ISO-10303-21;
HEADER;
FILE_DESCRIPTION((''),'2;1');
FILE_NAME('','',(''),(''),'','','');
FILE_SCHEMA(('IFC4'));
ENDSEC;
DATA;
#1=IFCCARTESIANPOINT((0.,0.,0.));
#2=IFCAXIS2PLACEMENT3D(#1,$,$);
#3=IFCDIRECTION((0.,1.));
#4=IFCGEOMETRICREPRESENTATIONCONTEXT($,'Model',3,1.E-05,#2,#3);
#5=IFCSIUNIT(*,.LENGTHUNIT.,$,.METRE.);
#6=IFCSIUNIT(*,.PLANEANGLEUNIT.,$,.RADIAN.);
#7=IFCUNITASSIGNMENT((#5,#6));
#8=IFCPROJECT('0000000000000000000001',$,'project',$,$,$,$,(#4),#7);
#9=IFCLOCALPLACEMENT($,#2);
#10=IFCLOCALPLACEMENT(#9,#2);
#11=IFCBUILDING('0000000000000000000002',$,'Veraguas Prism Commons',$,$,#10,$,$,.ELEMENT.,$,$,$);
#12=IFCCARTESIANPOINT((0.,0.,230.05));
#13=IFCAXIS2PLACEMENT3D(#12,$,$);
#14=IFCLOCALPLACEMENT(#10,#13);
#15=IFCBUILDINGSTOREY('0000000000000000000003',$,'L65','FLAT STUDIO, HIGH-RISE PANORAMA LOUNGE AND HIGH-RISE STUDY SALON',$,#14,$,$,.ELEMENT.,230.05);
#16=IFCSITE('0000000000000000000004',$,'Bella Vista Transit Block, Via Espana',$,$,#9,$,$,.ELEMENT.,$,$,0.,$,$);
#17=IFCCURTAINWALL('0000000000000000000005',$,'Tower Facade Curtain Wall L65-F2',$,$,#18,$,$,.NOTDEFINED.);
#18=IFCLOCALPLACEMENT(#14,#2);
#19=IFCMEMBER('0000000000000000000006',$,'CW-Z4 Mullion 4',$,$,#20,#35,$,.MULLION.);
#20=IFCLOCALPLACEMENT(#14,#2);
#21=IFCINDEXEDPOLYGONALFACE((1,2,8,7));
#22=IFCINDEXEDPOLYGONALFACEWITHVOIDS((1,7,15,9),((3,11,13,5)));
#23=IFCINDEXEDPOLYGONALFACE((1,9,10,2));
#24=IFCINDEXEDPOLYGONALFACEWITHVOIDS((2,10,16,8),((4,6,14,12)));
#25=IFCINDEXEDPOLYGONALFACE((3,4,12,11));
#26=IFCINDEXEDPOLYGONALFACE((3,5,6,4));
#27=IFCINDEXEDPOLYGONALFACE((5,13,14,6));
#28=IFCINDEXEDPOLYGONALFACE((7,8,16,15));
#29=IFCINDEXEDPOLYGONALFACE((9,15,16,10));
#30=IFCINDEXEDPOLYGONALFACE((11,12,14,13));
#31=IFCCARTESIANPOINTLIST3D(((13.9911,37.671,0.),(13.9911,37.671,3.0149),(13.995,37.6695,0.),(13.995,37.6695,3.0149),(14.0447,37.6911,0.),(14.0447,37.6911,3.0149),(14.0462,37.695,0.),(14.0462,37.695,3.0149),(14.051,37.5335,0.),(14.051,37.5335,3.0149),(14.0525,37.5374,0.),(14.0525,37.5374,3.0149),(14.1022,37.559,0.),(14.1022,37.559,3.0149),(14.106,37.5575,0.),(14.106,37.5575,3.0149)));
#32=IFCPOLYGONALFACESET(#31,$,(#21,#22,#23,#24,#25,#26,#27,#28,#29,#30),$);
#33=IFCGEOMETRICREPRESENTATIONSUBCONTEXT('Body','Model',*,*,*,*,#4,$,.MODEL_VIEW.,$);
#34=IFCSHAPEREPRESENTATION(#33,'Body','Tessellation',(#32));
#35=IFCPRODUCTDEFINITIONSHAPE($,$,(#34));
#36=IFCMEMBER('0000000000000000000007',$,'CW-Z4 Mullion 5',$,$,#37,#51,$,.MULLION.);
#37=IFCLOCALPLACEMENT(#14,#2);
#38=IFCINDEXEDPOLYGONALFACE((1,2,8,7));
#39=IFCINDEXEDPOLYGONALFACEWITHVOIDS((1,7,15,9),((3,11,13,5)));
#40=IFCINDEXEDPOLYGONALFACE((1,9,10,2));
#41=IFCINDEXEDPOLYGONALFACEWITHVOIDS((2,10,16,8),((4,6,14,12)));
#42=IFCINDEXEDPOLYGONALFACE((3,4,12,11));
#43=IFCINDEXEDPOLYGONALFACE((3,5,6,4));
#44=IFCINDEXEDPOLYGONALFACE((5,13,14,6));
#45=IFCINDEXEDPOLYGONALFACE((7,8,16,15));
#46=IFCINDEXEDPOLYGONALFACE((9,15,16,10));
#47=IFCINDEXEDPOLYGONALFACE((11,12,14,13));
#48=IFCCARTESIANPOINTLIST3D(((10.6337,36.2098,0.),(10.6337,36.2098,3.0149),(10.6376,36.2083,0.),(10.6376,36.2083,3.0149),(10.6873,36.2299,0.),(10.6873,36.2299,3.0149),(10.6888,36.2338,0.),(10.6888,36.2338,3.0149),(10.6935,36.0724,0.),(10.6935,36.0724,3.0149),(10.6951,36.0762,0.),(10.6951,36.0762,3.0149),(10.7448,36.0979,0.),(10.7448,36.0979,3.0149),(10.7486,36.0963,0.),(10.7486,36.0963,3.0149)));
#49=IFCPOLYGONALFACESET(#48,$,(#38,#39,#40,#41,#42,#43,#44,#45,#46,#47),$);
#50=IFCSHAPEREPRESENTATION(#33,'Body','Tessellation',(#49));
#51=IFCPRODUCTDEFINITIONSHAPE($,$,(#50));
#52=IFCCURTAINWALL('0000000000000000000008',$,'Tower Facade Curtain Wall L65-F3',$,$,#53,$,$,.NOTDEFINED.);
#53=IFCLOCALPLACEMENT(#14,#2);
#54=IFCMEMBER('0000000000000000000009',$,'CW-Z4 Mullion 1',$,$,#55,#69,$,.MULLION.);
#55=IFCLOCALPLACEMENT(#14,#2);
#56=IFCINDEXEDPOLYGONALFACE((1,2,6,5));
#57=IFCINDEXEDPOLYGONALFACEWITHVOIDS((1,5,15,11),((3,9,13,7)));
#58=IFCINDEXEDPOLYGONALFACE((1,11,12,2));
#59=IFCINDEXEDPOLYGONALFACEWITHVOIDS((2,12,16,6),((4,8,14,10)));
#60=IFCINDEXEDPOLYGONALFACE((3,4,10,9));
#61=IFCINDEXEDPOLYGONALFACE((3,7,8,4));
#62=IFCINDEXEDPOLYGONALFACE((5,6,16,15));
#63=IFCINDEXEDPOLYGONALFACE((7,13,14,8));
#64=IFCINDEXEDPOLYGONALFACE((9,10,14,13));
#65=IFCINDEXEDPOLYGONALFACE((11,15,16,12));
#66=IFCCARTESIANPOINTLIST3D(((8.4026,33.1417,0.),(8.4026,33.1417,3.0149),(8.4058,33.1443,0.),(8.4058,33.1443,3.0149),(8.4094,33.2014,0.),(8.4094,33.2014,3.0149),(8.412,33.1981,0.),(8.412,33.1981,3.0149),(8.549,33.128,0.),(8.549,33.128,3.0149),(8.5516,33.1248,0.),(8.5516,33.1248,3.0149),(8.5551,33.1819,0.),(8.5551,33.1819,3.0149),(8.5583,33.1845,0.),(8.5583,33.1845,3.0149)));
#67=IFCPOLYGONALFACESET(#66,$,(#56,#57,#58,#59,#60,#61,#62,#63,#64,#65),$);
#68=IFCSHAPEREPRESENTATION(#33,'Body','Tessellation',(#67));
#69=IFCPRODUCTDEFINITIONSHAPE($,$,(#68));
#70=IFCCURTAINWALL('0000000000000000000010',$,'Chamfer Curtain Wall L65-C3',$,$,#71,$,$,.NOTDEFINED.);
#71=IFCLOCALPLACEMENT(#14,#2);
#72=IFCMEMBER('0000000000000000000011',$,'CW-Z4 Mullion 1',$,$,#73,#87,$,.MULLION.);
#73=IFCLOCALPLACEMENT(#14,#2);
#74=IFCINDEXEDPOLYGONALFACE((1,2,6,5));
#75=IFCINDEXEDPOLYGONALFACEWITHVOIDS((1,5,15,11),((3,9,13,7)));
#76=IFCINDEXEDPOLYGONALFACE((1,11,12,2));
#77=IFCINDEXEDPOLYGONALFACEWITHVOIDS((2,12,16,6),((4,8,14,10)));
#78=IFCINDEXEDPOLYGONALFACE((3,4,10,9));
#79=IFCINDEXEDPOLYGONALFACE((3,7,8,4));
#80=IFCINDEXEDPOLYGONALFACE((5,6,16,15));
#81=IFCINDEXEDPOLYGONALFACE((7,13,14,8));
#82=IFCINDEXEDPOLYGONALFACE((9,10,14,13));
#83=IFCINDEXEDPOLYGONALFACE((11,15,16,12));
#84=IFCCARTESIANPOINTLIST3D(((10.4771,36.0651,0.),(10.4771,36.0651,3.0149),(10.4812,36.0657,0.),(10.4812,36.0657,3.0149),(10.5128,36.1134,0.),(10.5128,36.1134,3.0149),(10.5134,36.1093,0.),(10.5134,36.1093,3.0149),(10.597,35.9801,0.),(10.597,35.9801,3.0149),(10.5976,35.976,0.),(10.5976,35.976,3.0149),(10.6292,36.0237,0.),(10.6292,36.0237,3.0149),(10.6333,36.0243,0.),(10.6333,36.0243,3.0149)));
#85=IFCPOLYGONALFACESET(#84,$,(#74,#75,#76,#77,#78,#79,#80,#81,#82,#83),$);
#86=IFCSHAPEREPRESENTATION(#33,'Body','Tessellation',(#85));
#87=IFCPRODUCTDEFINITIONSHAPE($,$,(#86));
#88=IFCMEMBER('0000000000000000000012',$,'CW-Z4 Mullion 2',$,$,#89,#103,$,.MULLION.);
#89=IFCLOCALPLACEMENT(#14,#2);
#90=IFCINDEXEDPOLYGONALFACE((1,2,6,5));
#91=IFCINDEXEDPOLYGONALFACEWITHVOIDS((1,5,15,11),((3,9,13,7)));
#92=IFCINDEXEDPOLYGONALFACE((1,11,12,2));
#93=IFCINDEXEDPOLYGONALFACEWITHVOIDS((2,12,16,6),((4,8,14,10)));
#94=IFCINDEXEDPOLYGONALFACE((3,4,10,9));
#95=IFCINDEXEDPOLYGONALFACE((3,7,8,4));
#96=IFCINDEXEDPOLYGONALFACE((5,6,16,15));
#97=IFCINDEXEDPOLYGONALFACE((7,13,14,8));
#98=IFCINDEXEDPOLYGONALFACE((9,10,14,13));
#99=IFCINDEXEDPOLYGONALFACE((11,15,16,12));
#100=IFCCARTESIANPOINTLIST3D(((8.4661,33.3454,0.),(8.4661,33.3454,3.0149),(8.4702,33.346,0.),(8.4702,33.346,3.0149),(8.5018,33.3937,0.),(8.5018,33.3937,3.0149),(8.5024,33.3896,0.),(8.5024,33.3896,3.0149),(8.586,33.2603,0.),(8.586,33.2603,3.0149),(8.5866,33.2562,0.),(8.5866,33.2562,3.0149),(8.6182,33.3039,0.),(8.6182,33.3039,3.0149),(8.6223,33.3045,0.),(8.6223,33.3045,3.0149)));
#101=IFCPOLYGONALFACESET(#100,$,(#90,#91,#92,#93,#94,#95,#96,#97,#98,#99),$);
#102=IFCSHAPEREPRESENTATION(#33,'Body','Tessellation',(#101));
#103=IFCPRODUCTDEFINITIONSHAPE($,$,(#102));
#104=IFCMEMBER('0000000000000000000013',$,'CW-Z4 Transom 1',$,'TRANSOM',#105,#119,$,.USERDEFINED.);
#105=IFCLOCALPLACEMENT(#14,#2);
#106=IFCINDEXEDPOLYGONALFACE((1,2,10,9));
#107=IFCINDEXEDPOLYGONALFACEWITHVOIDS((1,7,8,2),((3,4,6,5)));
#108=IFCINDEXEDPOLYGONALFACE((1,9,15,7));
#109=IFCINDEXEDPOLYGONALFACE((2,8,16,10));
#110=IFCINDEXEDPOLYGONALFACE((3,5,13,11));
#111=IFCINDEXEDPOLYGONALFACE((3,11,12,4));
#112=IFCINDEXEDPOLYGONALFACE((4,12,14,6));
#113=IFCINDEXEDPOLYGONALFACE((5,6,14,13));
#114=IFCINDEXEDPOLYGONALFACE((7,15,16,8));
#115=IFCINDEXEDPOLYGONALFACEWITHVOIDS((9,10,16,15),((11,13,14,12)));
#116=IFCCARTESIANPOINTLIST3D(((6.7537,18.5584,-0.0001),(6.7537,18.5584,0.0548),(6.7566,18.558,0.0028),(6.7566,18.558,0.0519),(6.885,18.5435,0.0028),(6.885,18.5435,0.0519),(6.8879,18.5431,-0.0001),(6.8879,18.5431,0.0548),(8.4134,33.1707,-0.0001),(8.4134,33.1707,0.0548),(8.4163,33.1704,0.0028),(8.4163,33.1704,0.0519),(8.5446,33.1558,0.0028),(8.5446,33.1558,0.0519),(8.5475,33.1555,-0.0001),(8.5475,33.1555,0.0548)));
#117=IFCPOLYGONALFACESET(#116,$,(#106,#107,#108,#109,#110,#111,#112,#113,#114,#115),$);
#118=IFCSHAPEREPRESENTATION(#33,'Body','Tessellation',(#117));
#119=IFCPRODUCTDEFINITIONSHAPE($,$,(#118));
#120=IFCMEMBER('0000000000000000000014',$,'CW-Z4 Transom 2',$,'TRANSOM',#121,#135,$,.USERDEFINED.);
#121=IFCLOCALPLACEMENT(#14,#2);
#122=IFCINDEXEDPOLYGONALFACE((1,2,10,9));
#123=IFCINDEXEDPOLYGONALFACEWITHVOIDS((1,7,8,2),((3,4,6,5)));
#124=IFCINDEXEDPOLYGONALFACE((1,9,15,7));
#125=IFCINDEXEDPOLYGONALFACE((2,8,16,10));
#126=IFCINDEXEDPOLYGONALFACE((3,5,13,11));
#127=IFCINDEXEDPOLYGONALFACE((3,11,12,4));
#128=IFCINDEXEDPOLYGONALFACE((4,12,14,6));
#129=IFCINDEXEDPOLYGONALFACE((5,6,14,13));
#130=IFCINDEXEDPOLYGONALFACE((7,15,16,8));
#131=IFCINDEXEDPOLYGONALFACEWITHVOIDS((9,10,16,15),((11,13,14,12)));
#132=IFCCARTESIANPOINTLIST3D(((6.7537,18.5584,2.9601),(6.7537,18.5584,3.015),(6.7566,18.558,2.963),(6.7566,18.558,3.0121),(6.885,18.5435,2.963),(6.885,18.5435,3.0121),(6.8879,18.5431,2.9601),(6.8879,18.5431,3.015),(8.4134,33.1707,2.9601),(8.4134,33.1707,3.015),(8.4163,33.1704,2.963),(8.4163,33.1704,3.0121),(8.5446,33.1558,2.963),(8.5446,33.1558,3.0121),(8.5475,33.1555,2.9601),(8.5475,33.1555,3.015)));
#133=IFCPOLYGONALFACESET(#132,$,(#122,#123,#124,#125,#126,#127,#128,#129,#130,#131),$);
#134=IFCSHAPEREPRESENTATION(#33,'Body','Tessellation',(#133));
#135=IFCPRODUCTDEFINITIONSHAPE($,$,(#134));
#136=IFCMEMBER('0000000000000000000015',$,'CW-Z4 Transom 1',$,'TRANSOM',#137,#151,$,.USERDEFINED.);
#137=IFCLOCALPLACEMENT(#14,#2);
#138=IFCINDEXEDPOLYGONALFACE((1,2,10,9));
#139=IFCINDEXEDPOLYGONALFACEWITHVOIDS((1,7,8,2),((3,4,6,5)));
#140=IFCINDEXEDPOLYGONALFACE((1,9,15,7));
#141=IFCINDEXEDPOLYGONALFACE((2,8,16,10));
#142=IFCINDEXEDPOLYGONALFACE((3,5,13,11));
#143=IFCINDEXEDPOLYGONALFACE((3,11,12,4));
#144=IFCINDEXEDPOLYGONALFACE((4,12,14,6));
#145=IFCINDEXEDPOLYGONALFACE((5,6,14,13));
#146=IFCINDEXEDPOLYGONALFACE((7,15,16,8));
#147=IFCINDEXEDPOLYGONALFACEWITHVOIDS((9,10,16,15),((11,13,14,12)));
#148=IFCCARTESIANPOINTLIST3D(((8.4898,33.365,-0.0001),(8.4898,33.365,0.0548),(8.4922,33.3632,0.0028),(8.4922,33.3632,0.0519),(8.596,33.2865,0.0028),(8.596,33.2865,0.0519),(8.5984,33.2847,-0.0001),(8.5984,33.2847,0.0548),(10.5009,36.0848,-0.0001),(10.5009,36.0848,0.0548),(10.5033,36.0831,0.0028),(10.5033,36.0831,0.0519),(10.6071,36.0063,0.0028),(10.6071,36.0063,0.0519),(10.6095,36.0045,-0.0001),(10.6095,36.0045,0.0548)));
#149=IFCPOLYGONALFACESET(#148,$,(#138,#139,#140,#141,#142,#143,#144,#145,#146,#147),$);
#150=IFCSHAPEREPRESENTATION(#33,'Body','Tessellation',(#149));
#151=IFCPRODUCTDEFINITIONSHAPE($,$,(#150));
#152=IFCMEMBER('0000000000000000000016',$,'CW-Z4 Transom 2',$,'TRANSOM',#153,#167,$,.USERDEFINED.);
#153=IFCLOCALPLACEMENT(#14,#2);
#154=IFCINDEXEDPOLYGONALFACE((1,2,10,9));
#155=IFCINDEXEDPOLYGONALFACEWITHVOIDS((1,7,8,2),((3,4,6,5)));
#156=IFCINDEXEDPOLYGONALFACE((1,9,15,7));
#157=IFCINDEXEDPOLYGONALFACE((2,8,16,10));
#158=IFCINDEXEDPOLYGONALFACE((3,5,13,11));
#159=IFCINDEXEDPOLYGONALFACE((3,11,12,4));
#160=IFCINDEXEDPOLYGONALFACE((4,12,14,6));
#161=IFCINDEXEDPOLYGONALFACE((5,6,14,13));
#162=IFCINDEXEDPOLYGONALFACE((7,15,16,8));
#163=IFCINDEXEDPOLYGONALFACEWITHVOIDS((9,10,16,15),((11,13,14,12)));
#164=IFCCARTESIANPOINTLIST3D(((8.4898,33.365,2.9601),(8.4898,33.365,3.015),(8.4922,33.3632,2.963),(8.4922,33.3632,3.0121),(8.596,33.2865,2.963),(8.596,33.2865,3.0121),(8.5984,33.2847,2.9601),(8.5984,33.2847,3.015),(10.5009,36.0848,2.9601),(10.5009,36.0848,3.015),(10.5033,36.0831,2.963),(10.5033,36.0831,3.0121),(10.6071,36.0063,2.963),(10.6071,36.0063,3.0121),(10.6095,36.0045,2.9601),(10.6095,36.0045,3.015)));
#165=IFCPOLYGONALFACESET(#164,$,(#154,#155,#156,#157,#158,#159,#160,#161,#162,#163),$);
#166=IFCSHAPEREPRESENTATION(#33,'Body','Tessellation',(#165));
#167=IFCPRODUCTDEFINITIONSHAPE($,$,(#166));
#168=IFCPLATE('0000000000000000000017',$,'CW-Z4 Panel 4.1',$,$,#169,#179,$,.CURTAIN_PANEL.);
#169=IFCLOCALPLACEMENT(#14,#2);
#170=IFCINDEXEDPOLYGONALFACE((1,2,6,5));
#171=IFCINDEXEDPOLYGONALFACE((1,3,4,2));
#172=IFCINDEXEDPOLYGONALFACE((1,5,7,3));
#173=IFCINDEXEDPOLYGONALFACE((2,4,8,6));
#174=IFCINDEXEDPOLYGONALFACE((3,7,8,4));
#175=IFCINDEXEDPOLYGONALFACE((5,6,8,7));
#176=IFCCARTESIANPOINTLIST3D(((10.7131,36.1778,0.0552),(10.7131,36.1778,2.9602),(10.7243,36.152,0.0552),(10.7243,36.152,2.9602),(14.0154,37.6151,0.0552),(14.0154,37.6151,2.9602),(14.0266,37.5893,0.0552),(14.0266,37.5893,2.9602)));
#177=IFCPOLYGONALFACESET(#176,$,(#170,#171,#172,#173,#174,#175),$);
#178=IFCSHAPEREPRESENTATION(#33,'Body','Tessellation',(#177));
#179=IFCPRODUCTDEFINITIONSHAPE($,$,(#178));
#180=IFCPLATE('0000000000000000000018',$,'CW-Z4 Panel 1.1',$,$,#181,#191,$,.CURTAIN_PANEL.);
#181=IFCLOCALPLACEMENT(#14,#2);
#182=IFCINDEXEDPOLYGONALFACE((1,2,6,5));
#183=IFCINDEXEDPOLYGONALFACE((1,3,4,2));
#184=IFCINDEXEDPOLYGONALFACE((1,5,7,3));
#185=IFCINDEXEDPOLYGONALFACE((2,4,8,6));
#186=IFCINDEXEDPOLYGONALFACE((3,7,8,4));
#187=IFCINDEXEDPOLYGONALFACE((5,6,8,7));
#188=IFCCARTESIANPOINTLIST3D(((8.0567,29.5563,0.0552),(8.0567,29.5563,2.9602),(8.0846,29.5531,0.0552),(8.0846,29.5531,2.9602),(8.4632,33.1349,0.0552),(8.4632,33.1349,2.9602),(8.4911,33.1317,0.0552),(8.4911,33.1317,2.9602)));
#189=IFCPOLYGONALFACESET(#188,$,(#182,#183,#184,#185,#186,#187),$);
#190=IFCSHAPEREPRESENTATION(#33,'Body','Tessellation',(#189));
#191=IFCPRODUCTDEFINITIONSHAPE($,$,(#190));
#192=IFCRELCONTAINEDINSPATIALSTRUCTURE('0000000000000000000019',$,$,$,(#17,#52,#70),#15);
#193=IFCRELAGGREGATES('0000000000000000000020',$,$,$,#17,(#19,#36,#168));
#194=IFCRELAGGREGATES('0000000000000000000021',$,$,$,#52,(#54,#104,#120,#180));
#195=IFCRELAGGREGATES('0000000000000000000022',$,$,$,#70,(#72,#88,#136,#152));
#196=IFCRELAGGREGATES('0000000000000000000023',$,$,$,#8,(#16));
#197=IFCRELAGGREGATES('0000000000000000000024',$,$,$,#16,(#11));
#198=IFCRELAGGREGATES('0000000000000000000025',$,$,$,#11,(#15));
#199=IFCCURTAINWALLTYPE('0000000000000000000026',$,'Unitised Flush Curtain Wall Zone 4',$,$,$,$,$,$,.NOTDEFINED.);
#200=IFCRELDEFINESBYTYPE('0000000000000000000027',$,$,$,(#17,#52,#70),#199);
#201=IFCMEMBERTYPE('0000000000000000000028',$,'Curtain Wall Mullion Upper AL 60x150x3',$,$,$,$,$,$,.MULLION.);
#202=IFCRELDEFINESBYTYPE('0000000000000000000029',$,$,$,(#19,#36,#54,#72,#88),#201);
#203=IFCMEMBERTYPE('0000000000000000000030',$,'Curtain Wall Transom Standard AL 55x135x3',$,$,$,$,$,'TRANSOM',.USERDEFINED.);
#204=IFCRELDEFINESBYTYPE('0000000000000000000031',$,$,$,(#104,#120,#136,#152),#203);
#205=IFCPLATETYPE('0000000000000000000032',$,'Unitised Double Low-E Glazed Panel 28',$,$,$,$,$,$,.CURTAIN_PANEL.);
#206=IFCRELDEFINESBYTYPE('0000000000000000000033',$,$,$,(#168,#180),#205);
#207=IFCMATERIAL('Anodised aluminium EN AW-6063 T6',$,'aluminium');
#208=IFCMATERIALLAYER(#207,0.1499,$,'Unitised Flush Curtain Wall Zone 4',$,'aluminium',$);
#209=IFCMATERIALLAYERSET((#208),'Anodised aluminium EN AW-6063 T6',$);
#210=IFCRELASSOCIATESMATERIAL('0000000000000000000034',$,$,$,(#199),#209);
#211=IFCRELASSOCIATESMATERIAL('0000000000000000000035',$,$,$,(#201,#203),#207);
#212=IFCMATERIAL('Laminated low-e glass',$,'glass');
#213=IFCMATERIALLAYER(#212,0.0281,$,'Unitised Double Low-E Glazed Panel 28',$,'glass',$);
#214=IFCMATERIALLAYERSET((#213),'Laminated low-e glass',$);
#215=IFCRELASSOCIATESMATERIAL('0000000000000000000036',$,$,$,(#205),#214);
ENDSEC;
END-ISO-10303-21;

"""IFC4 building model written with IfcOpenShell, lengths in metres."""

from ifc_helpers import new_model, si_unit, direction, frame, origin, origin_2d, place, context, subcontext, project, spatial, rectangle, hollow_rectangle, extrude, source, transform, mapped, material, layer, layer_set, material_profile, profile_set, type_object, element, aggregate, save


model = new_model("IFC4")

# Units and contexts
model_context = context("Model", 3, precision=1e-05, world=origin(), true_north=direction((0.0, 1.0)))
body_context = subcontext(model_context, "Body", "Model", "MODEL_VIEW")
ifc_project = project(units=[si_unit("LENGTHUNIT", "METRE"), si_unit("PLANEANGLEUNIT", "RADIAN")], contexts=[model_context])

# Site, building, storey
site_placement = place(None, origin())
site = spatial("IfcSite", under=ifc_project, at=site_placement, Name="Bella Vista Transit Block, Via Espana", CompositionType="ELEMENT", RefElevation=0.0)
building_placement = place(site_placement, origin())
building = spatial("IfcBuilding", under=site, at=building_placement, Name="Veraguas Prism Commons", CompositionType="ELEMENT")
storey_placement = place(building_placement, frame((0.0, 0.0, 230.05)))
storey = spatial("IfcBuildingStorey", under=building, at=storey_placement, Name="L65", Description="FLAT STUDIO, HIGH-RISE PANORAMA LOUNGE AND HIGH-RISE STUDY SALON", CompositionType="ELEMENT", Elevation=230.05)

# Curtain wall, members
ifc_material_1 = material(Name="Anodised aluminium EN AW-6063 T6", Category="aluminium")
ifc_layer_1 = layer(ifc_material_1, 0.1499, Name="Unitised Flush Curtain Wall Zone 4", Category="aluminium")
ifc_layer_set_1 = layer_set([ifc_layer_1], Name="Anodised aluminium EN AW-6063 T6")
curtain_wall_type = type_object("IfcCurtainWallType", Name="Unitised Flush Curtain Wall Zone 4", PredefinedType="NOTDEFINED", material=ifc_layer_set_1)
curtain_wall_1_placement = place(storey_placement, origin())
curtain_wall_1 = element("IfcCurtainWall", 1, at=curtain_wall_1_placement, inside=storey, type_object=curtain_wall_type, Name="Tower Facade Curtain Wall L65-F2", PredefinedType="NOTDEFINED")
ifc_material_profile_1 = material_profile(ifc_material_1, hollow_rectangle(XDim=0.0601, YDim=0.1499, WallThickness=0.0029, at=origin_2d()), Name="AL60X150X3")
ifc_profile_set_1 = profile_set([ifc_material_profile_1], Name="Anodised aluminium EN AW-6063 T6")
member_type_1 = type_object("IfcMemberType", Name="Curtain Wall Mullion Upper AL 60x150x3", PredefinedType="MULLION", material=ifc_profile_set_1)
shared_shape_1 = source(origin(), body_context, "Body", "SweptSolid", [
    extrude(hollow_rectangle(XDim=0.0601, YDim=0.1499, WallThickness=0.0029, at=origin_2d()), origin(), (0.0, 0.0, 1.0), 3.0149),
])
member_1_placement = place(storey_placement, frame((14.0486, 37.6143, 0.0), z_axis=(0.0, 0.0, 1.0), x_axis=(-0.916919, -0.399074, 0.0)))
member_1 = element("IfcMember", 2, at=member_1_placement, type_object=member_type_1, Name="CW-Z4 Mullion 4", PredefinedType="MULLION", context=body_context, shape_type="MappedRepresentation", body=[
    mapped(shared_shape_1, transform((0.0, 0.0, 0.0), scale=1.0)),
])
member_2_placement = place(storey_placement, frame((10.6912, 36.1531, 0.0), z_axis=(0.0, 0.0, 1.0), x_axis=(-0.916919, -0.399074, 0.0)))
member_2 = element("IfcMember", 3, at=member_2_placement, type_object=member_type_1, Name="CW-Z4 Mullion 5", PredefinedType="MULLION", context=body_context, shape_type="MappedRepresentation", body=[
    mapped(shared_shape_1, transform((0.0, 0.0, 0.0), scale=1.0)),
])

# Curtain wall, member
curtain_wall_2_placement = place(storey_placement, origin())
curtain_wall_2 = element("IfcCurtainWall", 4, at=curtain_wall_2_placement, inside=storey, type_object=curtain_wall_type, Name="Tower Facade Curtain Wall L65-F3", PredefinedType="NOTDEFINED")
member_3_placement = place(storey_placement, frame((8.4805, 33.1631, 0.0), z_axis=(0.0, 0.0, 1.0), x_axis=(-0.112858, -0.993611, 0.0)))
member_3 = element("IfcMember", 5, at=member_3_placement, type_object=member_type_1, Name="CW-Z4 Mullion 1", PredefinedType="MULLION", context=body_context, shape_type="MappedRepresentation", body=[
    mapped(shared_shape_1, transform((0.0, 0.0, 0.0), scale=1.0)),
])

# Curtain wall, members
curtain_wall_3_placement = place(storey_placement, origin())
curtain_wall_3 = element("IfcCurtainWall", 6, at=curtain_wall_3_placement, inside=storey, type_object=curtain_wall_type, Name="Chamfer Curtain Wall L65-C3", PredefinedType="NOTDEFINED")
member_4_placement = place(storey_placement, frame((10.5552, 36.0447, 0.0), z_axis=(0.0, 0.0, 1.0), x_axis=(-0.594506, -0.804091, 0.0)))
member_4 = element("IfcMember", 7, at=member_4_placement, type_object=member_type_1, Name="CW-Z4 Mullion 1", PredefinedType="MULLION", context=body_context, shape_type="MappedRepresentation", body=[
    mapped(shared_shape_1, transform((0.0, 0.0, 0.0), scale=1.0)),
])
member_5_placement = place(storey_placement, frame((8.5442, 33.325, 0.0), z_axis=(0.0, 0.0, 1.0), x_axis=(-0.594506, -0.804091, 0.0)))
member_5 = element("IfcMember", 8, at=member_5_placement, type_object=member_type_1, Name="CW-Z4 Mullion 2", PredefinedType="MULLION", context=body_context, shape_type="MappedRepresentation", body=[
    mapped(shared_shape_1, transform((0.0, 0.0, 0.0), scale=1.0)),
])

# Members
ifc_material_profile_2 = material_profile(ifc_material_1, hollow_rectangle(XDim=0.0549, YDim=0.135, WallThickness=0.0029, at=origin_2d()), Name="AL55X135X3")
ifc_profile_set_2 = profile_set([ifc_material_profile_2], Name="Anodised aluminium EN AW-6063 T6")
member_type_2 = type_object("IfcMemberType", Name="Curtain Wall Transom Standard AL 55x135x3", ElementType="TRANSOM", PredefinedType="USERDEFINED", material=ifc_profile_set_2)
shared_shape_2 = source(origin(), body_context, "Body", "SweptSolid", [
    extrude(hollow_rectangle(XDim=0.0549, YDim=0.135, WallThickness=0.0029, at=origin_2d()), origin(), (0.0, 0.0, 1.0), 14.7063),
])
member_6_placement = place(storey_placement, frame((8.4805, 33.1631, 0.0273), z_axis=(-0.112855, -0.993612, 0.0), x_axis=(0.0, 0.0, 1.0)))
member_6 = element("IfcMember", 9, at=member_6_placement, type_object=member_type_2, Name="CW-Z4 Transom 1", ObjectType="TRANSOM", PredefinedType="USERDEFINED", context=body_context, shape_type="MappedRepresentation", body=[
    mapped(shared_shape_2, transform((0.0, 0.0, 0.0), scale=1.0)),
])
member_7_placement = place(storey_placement, frame((8.4805, 33.1631, 2.9875), z_axis=(-0.112855, -0.993612, 0.0), x_axis=(0.0, 0.0, 1.0)))
member_7 = element("IfcMember", 10, at=member_7_placement, type_object=member_type_2, Name="CW-Z4 Transom 2", ObjectType="TRANSOM", PredefinedType="USERDEFINED", context=body_context, shape_type="MappedRepresentation", body=[
    mapped(shared_shape_2, transform((0.0, 0.0, 0.0), scale=1.0)),
])
shared_shape_3 = source(origin(), body_context, "Body", "SweptSolid", [
    extrude(hollow_rectangle(XDim=0.0549, YDim=0.135, WallThickness=0.0029, at=origin_2d()), origin(), (0.0, 0.0, 1.0), 3.3826),
])
member_8_placement = place(storey_placement, frame((10.5552, 36.0447, 0.0273), z_axis=(-0.594535, -0.80407, 0.0), x_axis=(0.0, 0.0, 1.0)))
member_8 = element("IfcMember", 11, at=member_8_placement, type_object=member_type_2, Name="CW-Z4 Transom 1", ObjectType="TRANSOM", PredefinedType="USERDEFINED", context=body_context, shape_type="MappedRepresentation", body=[
    mapped(shared_shape_3, transform((0.0, 0.0, 0.0), scale=1.0)),
])
member_9_placement = place(storey_placement, frame((10.5552, 36.0447, 2.9875), z_axis=(-0.594535, -0.80407, 0.0), x_axis=(0.0, 0.0, 1.0)))
member_9 = element("IfcMember", 12, at=member_9_placement, type_object=member_type_2, Name="CW-Z4 Transom 2", ObjectType="TRANSOM", PredefinedType="USERDEFINED", context=body_context, shape_type="MappedRepresentation", body=[
    mapped(shared_shape_3, transform((0.0, 0.0, 0.0), scale=1.0)),
])

# Plates
ifc_material_2 = material(Name="Laminated low-e glass", Category="glass")
ifc_layer_2 = layer(ifc_material_2, 0.0281, Name="Unitised Double Low-E Glazed Panel 28", Category="glass")
ifc_layer_set_2 = layer_set([ifc_layer_2], Name="Laminated low-e glass")
plate_type = type_object("IfcPlateType", Name="Unitised Double Low-E Glazed Panel 28", PredefinedType="CURTAIN_PANEL", material=ifc_layer_set_2)
shared_shape_4 = source(origin(), body_context, "Body", "SweptSolid", [
    extrude(rectangle(XDim=3.6016, YDim=0.0281, at=origin_2d()), origin(), (0.0, 0.0, 1.0), 2.905),
])
plate_1_placement = place(storey_placement, frame((12.3699, 36.8835, 0.0552), z_axis=(0.0, 0.0, 1.0), x_axis=(-0.916919, -0.399074, 0.0)))
plate_1 = element("IfcPlate", 13, at=plate_1_placement, type_object=plate_type, Name="CW-Z4 Panel 4.1", PredefinedType="CURTAIN_PANEL", context=body_context, shape_type="MappedRepresentation", body=[
    mapped(shared_shape_4, transform((0.0, 0.0, 0.0), scale=1.0)),
])
aggregate(curtain_wall_1, [member_1, member_2, plate_1])
plate_2_placement = place(storey_placement, frame((8.2739, 31.344, 0.0552), z_axis=(0.0, 0.0, 1.0), x_axis=(-0.112858, -0.993611, 0.0)))
plate_2 = element("IfcPlate", 14, at=plate_2_placement, type_object=plate_type, Name="CW-Z4 Panel 1.1", PredefinedType="CURTAIN_PANEL", context=body_context, shape_type="MappedRepresentation", body=[
    mapped(shared_shape_4, transform((0.0, 0.0, 0.0), scale=1.0)),
])
aggregate(curtain_wall_2, [member_3, member_6, member_7, plate_2])
aggregate(curtain_wall_3, [member_4, member_5, member_8, member_9])

save(model, "model.ifc")
